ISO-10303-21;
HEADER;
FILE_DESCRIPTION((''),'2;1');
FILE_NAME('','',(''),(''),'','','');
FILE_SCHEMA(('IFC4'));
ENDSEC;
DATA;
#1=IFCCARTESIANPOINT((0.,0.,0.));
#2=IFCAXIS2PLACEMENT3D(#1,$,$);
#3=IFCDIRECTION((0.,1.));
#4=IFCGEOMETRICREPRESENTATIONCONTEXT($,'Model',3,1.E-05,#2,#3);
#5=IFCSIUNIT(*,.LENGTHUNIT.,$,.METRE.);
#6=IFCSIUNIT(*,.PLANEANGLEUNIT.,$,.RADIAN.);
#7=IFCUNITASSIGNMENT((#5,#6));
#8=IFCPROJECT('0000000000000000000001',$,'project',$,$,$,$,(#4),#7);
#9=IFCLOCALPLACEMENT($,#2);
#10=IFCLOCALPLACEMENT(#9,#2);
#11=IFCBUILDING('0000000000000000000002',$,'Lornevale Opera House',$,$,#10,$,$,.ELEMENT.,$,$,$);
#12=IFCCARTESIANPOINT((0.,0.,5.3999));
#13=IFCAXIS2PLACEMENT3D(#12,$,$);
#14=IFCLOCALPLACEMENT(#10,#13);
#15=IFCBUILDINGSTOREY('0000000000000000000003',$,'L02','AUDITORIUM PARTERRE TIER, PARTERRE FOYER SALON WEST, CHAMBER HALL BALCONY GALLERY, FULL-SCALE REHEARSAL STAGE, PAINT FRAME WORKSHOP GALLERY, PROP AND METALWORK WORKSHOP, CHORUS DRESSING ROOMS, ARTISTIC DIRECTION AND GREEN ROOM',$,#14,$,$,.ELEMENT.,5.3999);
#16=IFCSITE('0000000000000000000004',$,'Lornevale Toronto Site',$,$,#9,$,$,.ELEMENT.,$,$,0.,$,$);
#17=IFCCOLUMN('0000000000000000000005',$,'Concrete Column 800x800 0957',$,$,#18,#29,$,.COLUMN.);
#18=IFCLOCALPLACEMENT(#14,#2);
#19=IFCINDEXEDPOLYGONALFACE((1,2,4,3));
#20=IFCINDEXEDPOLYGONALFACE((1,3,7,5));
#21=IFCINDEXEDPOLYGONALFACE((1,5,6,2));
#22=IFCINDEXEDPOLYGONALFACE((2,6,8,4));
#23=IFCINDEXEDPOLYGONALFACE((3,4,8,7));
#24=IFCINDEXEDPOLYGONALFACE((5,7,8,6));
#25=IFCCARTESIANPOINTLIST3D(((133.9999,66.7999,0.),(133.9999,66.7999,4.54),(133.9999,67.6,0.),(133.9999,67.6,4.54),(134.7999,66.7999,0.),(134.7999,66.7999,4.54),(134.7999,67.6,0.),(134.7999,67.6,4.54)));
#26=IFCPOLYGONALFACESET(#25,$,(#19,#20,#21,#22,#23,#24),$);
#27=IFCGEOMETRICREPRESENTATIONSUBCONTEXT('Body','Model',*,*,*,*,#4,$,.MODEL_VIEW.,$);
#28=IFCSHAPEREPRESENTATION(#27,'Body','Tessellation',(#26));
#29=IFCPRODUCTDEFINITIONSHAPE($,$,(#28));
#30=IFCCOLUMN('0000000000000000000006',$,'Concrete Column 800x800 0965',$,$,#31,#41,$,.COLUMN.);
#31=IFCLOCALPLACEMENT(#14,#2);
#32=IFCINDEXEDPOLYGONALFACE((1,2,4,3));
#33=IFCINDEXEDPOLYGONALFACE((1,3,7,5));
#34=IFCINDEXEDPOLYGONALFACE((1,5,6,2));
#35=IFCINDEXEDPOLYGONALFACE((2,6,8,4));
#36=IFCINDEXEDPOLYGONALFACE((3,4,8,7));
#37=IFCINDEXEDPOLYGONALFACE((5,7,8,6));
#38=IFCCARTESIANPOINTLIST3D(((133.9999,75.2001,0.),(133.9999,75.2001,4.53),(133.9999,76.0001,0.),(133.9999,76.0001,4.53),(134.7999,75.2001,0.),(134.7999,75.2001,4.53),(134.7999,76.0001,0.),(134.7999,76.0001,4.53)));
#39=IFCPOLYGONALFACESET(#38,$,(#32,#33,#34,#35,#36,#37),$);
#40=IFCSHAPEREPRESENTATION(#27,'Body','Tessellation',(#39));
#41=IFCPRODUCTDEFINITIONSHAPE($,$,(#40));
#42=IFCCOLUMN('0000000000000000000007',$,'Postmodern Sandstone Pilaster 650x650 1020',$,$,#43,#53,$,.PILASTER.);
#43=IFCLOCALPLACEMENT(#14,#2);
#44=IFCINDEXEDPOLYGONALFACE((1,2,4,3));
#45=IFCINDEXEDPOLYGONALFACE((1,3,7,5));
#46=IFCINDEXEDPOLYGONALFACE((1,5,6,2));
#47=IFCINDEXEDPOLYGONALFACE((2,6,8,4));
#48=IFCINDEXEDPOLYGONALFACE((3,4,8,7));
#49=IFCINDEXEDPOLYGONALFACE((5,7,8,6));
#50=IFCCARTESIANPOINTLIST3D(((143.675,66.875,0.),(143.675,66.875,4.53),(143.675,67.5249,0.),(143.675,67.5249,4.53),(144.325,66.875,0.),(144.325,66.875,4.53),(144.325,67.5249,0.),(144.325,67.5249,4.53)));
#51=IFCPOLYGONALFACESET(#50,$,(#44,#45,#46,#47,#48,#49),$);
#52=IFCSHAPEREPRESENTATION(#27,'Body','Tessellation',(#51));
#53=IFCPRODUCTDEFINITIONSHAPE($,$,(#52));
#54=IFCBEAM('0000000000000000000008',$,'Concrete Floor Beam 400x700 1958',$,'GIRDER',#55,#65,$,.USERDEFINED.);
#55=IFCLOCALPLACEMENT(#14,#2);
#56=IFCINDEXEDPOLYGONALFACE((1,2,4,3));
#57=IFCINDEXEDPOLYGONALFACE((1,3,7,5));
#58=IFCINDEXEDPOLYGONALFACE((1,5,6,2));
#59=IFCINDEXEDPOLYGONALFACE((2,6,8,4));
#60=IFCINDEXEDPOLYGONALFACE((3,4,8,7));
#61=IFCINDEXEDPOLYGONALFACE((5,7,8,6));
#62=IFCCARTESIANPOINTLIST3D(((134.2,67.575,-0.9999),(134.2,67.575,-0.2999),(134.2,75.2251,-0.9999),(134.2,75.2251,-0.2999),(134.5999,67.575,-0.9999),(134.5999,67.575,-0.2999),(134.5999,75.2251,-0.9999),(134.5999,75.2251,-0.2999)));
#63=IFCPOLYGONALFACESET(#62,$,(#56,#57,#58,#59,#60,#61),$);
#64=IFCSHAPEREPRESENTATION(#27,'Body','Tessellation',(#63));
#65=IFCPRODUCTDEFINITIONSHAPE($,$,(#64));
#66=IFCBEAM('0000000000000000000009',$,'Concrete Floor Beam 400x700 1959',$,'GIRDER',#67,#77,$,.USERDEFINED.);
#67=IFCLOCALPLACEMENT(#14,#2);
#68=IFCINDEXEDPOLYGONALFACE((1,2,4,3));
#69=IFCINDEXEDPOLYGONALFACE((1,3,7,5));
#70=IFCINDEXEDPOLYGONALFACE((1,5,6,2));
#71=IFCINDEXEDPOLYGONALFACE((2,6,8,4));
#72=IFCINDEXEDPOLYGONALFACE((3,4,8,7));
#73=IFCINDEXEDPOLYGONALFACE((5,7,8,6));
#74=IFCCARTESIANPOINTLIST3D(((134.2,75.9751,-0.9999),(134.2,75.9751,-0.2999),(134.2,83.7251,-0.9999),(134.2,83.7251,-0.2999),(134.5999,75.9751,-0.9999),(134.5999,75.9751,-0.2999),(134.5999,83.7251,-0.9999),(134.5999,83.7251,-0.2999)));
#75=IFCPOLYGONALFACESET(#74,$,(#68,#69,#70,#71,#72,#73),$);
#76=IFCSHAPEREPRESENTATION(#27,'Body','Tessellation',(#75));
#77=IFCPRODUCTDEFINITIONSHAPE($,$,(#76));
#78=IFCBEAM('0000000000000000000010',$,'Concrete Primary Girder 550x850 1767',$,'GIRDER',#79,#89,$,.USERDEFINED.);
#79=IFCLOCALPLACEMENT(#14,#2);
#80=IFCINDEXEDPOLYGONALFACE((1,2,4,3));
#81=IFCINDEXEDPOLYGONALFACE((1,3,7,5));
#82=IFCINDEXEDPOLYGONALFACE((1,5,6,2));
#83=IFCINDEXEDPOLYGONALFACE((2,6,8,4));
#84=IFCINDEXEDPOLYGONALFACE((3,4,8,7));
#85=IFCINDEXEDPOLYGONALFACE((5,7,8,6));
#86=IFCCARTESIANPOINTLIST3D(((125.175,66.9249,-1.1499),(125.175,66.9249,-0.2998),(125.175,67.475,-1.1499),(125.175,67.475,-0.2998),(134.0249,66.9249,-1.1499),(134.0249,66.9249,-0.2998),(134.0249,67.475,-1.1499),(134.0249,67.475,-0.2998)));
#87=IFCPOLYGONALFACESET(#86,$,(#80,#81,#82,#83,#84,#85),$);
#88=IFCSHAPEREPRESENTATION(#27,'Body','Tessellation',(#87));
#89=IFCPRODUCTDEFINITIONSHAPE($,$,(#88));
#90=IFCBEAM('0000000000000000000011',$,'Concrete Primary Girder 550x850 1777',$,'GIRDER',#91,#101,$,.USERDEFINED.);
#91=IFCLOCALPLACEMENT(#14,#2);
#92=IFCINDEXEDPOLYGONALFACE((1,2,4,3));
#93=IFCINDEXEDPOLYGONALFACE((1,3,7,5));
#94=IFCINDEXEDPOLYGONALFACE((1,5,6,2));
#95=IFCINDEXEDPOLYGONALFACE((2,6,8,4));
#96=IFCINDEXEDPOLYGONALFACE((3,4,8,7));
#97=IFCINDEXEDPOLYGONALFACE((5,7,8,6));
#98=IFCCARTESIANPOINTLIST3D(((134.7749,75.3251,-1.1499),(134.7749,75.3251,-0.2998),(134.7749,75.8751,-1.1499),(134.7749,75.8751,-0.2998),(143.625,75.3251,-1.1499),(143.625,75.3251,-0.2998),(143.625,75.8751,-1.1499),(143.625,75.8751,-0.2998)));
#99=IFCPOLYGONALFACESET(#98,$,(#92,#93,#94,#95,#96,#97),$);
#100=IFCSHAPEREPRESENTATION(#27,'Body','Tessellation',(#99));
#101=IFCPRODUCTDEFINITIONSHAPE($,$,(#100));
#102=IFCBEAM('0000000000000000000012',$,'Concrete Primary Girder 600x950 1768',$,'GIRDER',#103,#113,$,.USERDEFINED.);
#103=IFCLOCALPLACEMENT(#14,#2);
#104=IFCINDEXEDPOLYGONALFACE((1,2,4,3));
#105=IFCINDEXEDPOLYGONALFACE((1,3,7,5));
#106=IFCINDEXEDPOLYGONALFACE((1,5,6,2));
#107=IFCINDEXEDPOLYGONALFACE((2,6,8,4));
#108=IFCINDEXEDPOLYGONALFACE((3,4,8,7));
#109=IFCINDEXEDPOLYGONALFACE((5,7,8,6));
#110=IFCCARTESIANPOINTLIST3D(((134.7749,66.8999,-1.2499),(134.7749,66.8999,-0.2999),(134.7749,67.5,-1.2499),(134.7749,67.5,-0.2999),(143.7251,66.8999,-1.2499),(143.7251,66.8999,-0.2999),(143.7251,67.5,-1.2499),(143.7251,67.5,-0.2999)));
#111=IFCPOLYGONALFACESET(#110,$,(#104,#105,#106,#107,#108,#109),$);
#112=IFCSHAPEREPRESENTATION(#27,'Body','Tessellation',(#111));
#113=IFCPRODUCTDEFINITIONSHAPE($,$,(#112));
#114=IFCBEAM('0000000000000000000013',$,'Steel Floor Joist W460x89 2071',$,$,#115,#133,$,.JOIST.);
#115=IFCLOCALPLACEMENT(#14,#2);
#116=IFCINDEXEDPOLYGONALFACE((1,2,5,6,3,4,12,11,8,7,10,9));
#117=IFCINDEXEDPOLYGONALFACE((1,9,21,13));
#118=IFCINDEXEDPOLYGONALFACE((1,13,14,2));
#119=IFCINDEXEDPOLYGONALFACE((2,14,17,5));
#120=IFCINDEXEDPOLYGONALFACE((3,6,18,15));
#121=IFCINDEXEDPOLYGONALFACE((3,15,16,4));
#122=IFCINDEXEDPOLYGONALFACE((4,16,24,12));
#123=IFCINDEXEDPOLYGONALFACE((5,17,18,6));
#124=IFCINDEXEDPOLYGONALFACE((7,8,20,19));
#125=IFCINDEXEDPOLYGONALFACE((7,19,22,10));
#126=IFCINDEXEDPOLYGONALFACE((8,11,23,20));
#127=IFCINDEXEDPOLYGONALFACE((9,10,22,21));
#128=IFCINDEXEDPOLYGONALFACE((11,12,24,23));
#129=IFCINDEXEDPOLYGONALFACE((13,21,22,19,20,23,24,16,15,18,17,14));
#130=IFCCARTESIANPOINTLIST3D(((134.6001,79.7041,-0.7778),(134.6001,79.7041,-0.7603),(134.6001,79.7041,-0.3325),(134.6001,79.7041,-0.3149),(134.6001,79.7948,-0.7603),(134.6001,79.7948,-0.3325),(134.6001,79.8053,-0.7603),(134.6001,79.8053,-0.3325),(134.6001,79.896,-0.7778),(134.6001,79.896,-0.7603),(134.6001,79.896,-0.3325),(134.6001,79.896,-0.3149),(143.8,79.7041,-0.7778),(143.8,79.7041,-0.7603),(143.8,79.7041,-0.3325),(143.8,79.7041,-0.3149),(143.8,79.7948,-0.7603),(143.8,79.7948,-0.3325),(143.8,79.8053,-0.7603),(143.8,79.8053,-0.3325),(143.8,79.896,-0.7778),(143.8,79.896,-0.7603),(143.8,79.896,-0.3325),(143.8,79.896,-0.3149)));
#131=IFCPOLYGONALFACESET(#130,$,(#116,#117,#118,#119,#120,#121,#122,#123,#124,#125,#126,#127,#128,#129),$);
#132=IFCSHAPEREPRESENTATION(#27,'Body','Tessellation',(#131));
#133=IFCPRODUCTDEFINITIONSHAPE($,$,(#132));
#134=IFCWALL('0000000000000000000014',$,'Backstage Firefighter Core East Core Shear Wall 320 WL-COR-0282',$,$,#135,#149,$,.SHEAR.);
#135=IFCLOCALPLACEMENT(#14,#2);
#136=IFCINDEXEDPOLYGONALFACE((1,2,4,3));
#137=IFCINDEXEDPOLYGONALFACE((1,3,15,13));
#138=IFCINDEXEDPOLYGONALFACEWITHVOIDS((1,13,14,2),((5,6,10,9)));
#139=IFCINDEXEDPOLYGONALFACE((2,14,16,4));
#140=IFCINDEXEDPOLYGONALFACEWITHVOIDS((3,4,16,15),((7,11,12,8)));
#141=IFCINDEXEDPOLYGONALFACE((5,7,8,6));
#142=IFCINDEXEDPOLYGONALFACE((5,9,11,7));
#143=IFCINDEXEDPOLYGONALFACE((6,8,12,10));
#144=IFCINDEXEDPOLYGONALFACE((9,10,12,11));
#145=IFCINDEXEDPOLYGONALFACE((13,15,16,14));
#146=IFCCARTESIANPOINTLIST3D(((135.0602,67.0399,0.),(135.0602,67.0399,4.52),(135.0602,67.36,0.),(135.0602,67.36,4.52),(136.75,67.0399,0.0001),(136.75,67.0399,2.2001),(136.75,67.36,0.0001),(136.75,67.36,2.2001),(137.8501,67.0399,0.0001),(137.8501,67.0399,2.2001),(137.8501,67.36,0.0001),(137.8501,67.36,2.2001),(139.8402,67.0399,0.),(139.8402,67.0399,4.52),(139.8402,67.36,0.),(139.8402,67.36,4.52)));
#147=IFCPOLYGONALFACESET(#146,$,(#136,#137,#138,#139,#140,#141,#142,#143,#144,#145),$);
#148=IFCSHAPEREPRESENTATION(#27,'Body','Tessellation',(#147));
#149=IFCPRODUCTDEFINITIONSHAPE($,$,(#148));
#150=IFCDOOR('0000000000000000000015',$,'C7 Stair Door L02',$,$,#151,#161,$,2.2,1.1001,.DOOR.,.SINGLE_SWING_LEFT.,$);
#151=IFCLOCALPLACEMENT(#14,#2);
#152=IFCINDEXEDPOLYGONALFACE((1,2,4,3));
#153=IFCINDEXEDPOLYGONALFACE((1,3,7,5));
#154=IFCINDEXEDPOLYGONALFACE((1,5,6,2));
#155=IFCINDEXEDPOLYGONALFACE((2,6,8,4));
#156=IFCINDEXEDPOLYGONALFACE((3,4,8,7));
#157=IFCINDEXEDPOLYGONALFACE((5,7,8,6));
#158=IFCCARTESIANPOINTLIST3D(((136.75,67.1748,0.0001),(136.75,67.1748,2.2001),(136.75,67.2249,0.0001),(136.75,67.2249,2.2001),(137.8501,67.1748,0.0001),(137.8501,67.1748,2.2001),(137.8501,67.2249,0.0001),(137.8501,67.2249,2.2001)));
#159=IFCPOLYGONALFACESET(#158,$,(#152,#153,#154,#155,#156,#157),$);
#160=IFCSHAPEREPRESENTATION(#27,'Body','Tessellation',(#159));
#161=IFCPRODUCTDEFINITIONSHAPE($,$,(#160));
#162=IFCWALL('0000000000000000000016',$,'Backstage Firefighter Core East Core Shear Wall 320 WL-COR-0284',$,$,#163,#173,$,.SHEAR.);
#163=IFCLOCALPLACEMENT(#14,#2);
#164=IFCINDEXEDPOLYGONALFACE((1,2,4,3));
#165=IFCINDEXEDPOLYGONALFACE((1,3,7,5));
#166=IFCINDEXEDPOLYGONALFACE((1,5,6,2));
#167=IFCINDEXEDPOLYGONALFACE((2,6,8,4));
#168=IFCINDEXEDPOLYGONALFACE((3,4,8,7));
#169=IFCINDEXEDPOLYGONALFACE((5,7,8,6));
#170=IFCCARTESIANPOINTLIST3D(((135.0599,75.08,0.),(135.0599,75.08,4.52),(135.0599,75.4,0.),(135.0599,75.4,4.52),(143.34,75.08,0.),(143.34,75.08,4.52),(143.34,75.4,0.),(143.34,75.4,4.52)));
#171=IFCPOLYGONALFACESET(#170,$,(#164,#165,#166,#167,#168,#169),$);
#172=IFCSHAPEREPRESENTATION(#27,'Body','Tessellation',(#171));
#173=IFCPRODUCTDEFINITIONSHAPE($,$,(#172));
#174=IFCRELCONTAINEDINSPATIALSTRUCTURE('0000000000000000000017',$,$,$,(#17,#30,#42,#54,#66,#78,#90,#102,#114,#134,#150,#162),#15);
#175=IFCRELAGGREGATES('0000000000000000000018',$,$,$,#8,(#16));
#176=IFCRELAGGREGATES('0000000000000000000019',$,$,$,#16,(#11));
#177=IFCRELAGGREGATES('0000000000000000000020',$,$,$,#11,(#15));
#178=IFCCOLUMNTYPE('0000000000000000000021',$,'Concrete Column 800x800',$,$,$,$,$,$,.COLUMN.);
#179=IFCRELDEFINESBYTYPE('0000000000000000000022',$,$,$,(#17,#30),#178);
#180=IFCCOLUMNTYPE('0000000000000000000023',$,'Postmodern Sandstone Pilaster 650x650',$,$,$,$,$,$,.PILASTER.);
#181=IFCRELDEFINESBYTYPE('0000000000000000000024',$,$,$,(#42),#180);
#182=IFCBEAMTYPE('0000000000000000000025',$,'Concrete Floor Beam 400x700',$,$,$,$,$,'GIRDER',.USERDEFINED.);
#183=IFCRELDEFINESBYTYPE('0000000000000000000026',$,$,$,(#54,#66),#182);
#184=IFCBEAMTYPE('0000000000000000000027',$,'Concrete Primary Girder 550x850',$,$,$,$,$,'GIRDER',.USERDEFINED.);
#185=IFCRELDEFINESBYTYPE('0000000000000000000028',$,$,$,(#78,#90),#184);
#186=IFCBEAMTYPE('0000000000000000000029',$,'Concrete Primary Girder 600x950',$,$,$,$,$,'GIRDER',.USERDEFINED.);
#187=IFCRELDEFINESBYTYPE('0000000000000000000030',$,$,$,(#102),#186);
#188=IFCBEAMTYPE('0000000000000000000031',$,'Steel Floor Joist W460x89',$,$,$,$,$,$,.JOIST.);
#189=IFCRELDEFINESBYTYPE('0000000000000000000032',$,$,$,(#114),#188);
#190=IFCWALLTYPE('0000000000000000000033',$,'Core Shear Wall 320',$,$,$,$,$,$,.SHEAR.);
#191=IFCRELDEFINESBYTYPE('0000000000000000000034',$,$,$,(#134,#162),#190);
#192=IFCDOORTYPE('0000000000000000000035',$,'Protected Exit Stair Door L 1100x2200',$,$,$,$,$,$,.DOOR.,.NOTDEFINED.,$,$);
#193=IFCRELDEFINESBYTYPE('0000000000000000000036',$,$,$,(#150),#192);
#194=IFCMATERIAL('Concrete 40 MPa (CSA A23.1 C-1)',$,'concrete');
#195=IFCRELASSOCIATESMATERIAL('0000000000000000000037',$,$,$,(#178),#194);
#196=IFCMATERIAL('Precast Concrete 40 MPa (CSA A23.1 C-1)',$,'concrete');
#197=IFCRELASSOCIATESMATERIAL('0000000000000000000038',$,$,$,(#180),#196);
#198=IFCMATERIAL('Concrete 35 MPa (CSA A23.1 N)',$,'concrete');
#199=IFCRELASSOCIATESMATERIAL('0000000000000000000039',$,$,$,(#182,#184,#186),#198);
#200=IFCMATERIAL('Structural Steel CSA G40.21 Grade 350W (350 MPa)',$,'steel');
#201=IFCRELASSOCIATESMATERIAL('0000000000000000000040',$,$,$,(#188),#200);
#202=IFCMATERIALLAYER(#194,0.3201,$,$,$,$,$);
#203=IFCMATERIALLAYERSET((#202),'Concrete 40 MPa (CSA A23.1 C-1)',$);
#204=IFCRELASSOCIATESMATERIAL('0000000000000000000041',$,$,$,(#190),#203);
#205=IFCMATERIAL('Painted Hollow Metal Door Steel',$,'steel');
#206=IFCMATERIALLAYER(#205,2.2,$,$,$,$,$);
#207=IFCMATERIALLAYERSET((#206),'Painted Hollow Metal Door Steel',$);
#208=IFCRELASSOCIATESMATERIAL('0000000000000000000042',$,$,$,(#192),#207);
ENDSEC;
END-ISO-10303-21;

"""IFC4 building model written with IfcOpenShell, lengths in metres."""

from ifc_helpers import new_model, si_unit, direction, frame, frame_2d, origin, origin_2d, place, context, subcontext, project, spatial, rectangle, i_section, extrude, material, layer, layer_set, material_profile, profile_set, type_object, element, fill, save


model = new_model("IFC4")

# Units and contexts
model_context = context("Model", 3, precision=1e-05, world=origin(), true_north=direction((0.0, 1.0)))
body_context = subcontext(model_context, "Body", "Model", "MODEL_VIEW")
ifc_project = project(units=[si_unit("LENGTHUNIT", "METRE"), si_unit("PLANEANGLEUNIT", "RADIAN")], contexts=[model_context])

# Site, building, storey
site_placement = place(None, origin())
site = spatial("IfcSite", under=ifc_project, at=site_placement, Name="Lornevale Toronto Site", CompositionType="ELEMENT", RefElevation=0.0)
building_placement = place(site_placement, origin())
building = spatial("IfcBuilding", under=site, at=building_placement, Name="Lornevale Opera House", CompositionType="ELEMENT")
storey_placement = place(building_placement, frame((0.0, 0.0, 5.3999)))
storey = spatial("IfcBuildingStorey", under=building, at=storey_placement, Name="L02", Description="AUDITORIUM PARTERRE TIER, PARTERRE FOYER SALON WEST, CHAMBER HALL BALCONY GALLERY, FULL-SCALE REHEARSAL STAGE, PAINT FRAME WORKSHOP GALLERY, PROP AND METALWORK WORKSHOP, CHORUS DRESSING ROOMS, ARTISTIC DIRECTION AND GREEN ROOM", CompositionType="ELEMENT", Elevation=5.3999)

# Columns
ifc_material_1 = material(Name="Concrete 40 MPa (CSA A23.1 C-1)", Category="concrete")
ifc_material_profile_1 = material_profile(ifc_material_1, rectangle(XDim=0.8, YDim=0.8, at=origin_2d()), Name="RC800x800")
ifc_profile_set_1 = profile_set([ifc_material_profile_1], Name="Concrete 40 MPa (CSA A23.1 C-1)")
column_type_1 = type_object("IfcColumnType", Name="Concrete Column 800x800", PredefinedType="COLUMN", material=ifc_profile_set_1)
column_1_placement = place(storey_placement, frame((134.3999, 67.2, 0.0), z_axis=(0.0, 0.0, 1.0), x_axis=(1.0, 0.0, 0.0)))
element("IfcColumn", 1, at=column_1_placement, inside=storey, type_object=column_type_1, Name="Concrete Column 800x800 0957", PredefinedType="COLUMN", context=body_context, shape_type="SweptSolid", body=[
    extrude(rectangle(XDim=0.8, YDim=0.8, at=origin_2d()), origin(), (0.0, 0.0, 1.0), 4.54),
])
column_2_placement = place(storey_placement, frame((134.3999, 75.6001, 0.0), z_axis=(0.0, 0.0, 1.0), x_axis=(1.0, 0.0, 0.0)))
element("IfcColumn", 2, at=column_2_placement, inside=storey, type_object=column_type_1, Name="Concrete Column 800x800 0965", PredefinedType="COLUMN", context=body_context, shape_type="SweptSolid", body=[
    extrude(rectangle(XDim=0.8, YDim=0.8, at=origin_2d()), origin(), (0.0, 0.0, 1.0), 4.53),
])
ifc_material_2 = material(Name="Precast Concrete 40 MPa (CSA A23.1 C-1)", Category="concrete")
ifc_material_profile_2 = material_profile(ifc_material_2, rectangle(XDim=0.6499, YDim=0.6499, at=origin_2d()), Name="RC650x650")
ifc_profile_set_2 = profile_set([ifc_material_profile_2], Name="Precast Concrete 40 MPa (CSA A23.1 C-1)")
column_type_2 = type_object("IfcColumnType", Name="Postmodern Sandstone Pilaster 650x650", PredefinedType="PILASTER", material=ifc_profile_set_2)
column_3_placement = place(storey_placement, frame((144.0, 67.2, 0.0), z_axis=(0.0, 0.0, 1.0), x_axis=(1.0, 0.0, 0.0)))
element("IfcColumn", 3, at=column_3_placement, inside=storey, type_object=column_type_2, Name="Postmodern Sandstone Pilaster 650x650 1020", PredefinedType="PILASTER", context=body_context, shape_type="SweptSolid", body=[
    extrude(rectangle(XDim=0.6499, YDim=0.6499, at=origin_2d()), origin(), (0.0, 0.0, 1.0), 4.53),
])

# Beams
ifc_material_3 = material(Name="Concrete 35 MPa (CSA A23.1 N)", Category="concrete")
ifc_material_profile_3 = material_profile(ifc_material_3, rectangle(XDim=0.3999, YDim=0.7, at=origin_2d()), Name="RC400x700")
ifc_profile_set_3 = profile_set([ifc_material_profile_3], Name="Concrete 35 MPa (CSA A23.1 N)")
beam_type_1 = type_object("IfcBeamType", Name="Concrete Floor Beam 400x700", ElementType="GIRDER", PredefinedType="USERDEFINED", material=ifc_profile_set_3)
beam_1_placement = place(storey_placement, frame((134.3999, 67.575, -0.6499), z_axis=(0.0, 1.0, 0.0), x_axis=(-1.0, 0.0, 0.0)))
element("IfcBeam", 4, at=beam_1_placement, inside=storey, type_object=beam_type_1, Name="Concrete Floor Beam 400x700 1958", ObjectType="GIRDER", PredefinedType="USERDEFINED", context=body_context, shape_type="SweptSolid", body=[
    extrude(rectangle(XDim=0.3999, YDim=0.7, at=origin_2d()), origin(), (0.0, 0.0, 1.0), 7.6501),
])
beam_2_placement = place(storey_placement, frame((134.3999, 75.9751, -0.6499), z_axis=(0.0, 1.0, 0.0), x_axis=(-1.0, 0.0, 0.0)))
element("IfcBeam", 5, at=beam_2_placement, inside=storey, type_object=beam_type_1, Name="Concrete Floor Beam 400x700 1959", ObjectType="GIRDER", PredefinedType="USERDEFINED", context=body_context, shape_type="SweptSolid", body=[
    extrude(rectangle(XDim=0.3999, YDim=0.7, at=origin_2d()), origin(), (0.0, 0.0, 1.0), 7.75),
])
ifc_material_profile_4 = material_profile(ifc_material_3, rectangle(XDim=0.55, YDim=0.8501, at=origin_2d()), Name="RC550x850")
ifc_profile_set_4 = profile_set([ifc_material_profile_4], Name="Concrete 35 MPa (CSA A23.1 N)")
beam_type_2 = type_object("IfcBeamType", Name="Concrete Primary Girder 550x850", ElementType="GIRDER", PredefinedType="USERDEFINED", material=ifc_profile_set_4)
beam_3_placement = place(storey_placement, frame((125.175, 67.2, -0.7249), z_axis=(1.0, 0.0, 0.0), x_axis=(0.0, 1.0, 0.0)))
element("IfcBeam", 6, at=beam_3_placement, inside=storey, type_object=beam_type_2, Name="Concrete Primary Girder 550x850 1767", ObjectType="GIRDER", PredefinedType="USERDEFINED", context=body_context, shape_type="SweptSolid", body=[
    extrude(rectangle(XDim=0.55, YDim=0.8501, at=origin_2d()), origin(), (0.0, 0.0, 1.0), 8.8499),
])
beam_4_placement = place(storey_placement, frame((134.7749, 75.6001, -0.7249), z_axis=(1.0, 0.0, 0.0), x_axis=(0.0, 1.0, 0.0)))
element("IfcBeam", 7, at=beam_4_placement, inside=storey, type_object=beam_type_2, Name="Concrete Primary Girder 550x850 1777", ObjectType="GIRDER", PredefinedType="USERDEFINED", context=body_context, shape_type="SweptSolid", body=[
    extrude(rectangle(XDim=0.55, YDim=0.8501, at=origin_2d()), origin(), (0.0, 0.0, 1.0), 8.8501),
])
ifc_material_profile_5 = material_profile(ifc_material_3, rectangle(XDim=0.6001, YDim=0.95, at=origin_2d()), Name="RC600x950")
ifc_profile_set_5 = profile_set([ifc_material_profile_5], Name="Concrete 35 MPa (CSA A23.1 N)")
beam_type_3 = type_object("IfcBeamType", Name="Concrete Primary Girder 600x950", ElementType="GIRDER", PredefinedType="USERDEFINED", material=ifc_profile_set_5)
beam_5_placement = place(storey_placement, frame((134.7749, 67.2, -0.7749), z_axis=(1.0, 0.0, 0.0), x_axis=(0.0, 1.0, 0.0)))
element("IfcBeam", 8, at=beam_5_placement, inside=storey, type_object=beam_type_3, Name="Concrete Primary Girder 600x950 1768", ObjectType="GIRDER", PredefinedType="USERDEFINED", context=body_context, shape_type="SweptSolid", body=[
    extrude(rectangle(XDim=0.6001, YDim=0.95, at=origin_2d()), origin(), (0.0, 0.0, 1.0), 8.9502),
])
ifc_material_4 = material(Name="Structural Steel CSA G40.21 Grade 350W (350 MPa)", Category="steel")
ifc_material_profile_6 = material_profile(ifc_material_4, i_section(OverallWidth=0.1919, OverallDepth=0.4629, WebThickness=0.0105, FlangeThickness=0.0176, at=origin_2d()), Name="W460x89")
ifc_profile_set_6 = profile_set([ifc_material_profile_6], Name="Structural Steel CSA G40.21 Grade 350W (350 MPa)")
beam_type_4 = type_object("IfcBeamType", Name="Steel Floor Joist W460x89", PredefinedType="JOIST", material=ifc_profile_set_6)
beam_6_placement = place(storey_placement, frame((134.6001, 79.8, -0.5464), z_axis=(1.0, 0.0, 0.0), x_axis=(0.0, 1.0, 0.0)))
element("IfcBeam", 9, at=beam_6_placement, inside=storey, type_object=beam_type_4, Name="Steel Floor Joist W460x89 2071", PredefinedType="JOIST", context=body_context, shape_type="SweptSolid", body=[
    extrude(i_section(OverallWidth=0.1919, OverallDepth=0.4629, WebThickness=0.0105, FlangeThickness=0.0176, at=origin_2d()), origin(), (0.0, 0.0, 1.0), 9.2),
])

# Wall, opening, door
ifc_layer_1 = layer(ifc_material_1, 0.3201)
ifc_layer_set_1 = layer_set([ifc_layer_1], Name="Concrete 40 MPa (CSA A23.1 C-1)")
wall_type_1 = type_object("IfcWallType", Name="Core Shear Wall 320", PredefinedType="SHEAR", material=ifc_layer_set_1)
wall_1_placement = place(storey_placement, frame((135.0601, 67.2, 0.0), z_axis=(0.0, 0.0, 1.0), x_axis=(1.0, 0.0, 0.0)))
wall_1 = element("IfcWall", 10, at=wall_1_placement, inside=storey, type_object=wall_type_1, Name="Backstage Firefighter Core East Core Shear Wall 320 WL-COR-0282", PredefinedType="SHEAR", context=body_context, shape_type="SweptSolid", body=[
    extrude(rectangle(XDim=4.78, YDim=0.3201, at=frame_2d((2.3901, 0.0))), origin(), (0.0, 0.0, 1.0), 4.52),
])
opening_1_placement = place(wall_1_placement, frame((1.6899, 0.0, 0.0)))
opening_1 = element("IfcOpeningElement", 11, at=opening_1_placement, cuts=wall_1, PredefinedType="OPENING", context=body_context, shape_type="SweptSolid", body=[
    extrude(rectangle(XDim=1.1001, YDim=2.2, at=frame_2d((0.55, 1.1001))), frame((0.0, 0.1699, 0.0), z_axis=(0.0, -1.0, 0.0), x_axis=(1.0, 0.0, 0.0)), (0.0, 0.0, 1.0), 0.3401),
])
ifc_material_5 = material(Name="Painted Hollow Metal Door Steel", Category="steel")
ifc_layer_2 = layer(ifc_material_5, 2.2)
ifc_layer_set_2 = layer_set([ifc_layer_2], Name="Painted Hollow Metal Door Steel")
door_type_1 = type_object("IfcDoorType", Name="Protected Exit Stair Door L 1100x2200", OperationType="NOTDEFINED", PredefinedType="DOOR", material=ifc_layer_set_2)
door_1_placement = place(opening_1_placement, origin())
door_1 = element("IfcDoor", 12, at=door_1_placement, inside=storey, type_object=door_type_1, Name="C7 Stair Door L02", OperationType="SINGLE_SWING_LEFT", OverallHeight=2.2, OverallWidth=1.1001, PredefinedType="DOOR", context=body_context, shape_type="SweptSolid", body=[
    extrude(rectangle(XDim=1.1001, YDim=2.2, at=frame_2d((0.55, 1.1001))), frame((0.0, 0.0249, 0.0), z_axis=(0.0, -1.0, 0.0), x_axis=(1.0, 0.0, 0.0)), (0.0, 0.0, 1.0), 0.05),
])
fill(opening_1, door_1)

# Wall
wall_2_placement = place(storey_placement, frame((143.3401, 75.24, 0.0), z_axis=(0.0, 0.0, 1.0), x_axis=(-1.0, 0.0, 0.0)))
element("IfcWall", 13, at=wall_2_placement, inside=storey, type_object=wall_type_1, Name="Backstage Firefighter Core East Core Shear Wall 320 WL-COR-0284", PredefinedType="SHEAR", context=body_context, shape_type="SweptSolid", body=[
    extrude(rectangle(XDim=8.28, YDim=0.3201, at=frame_2d((4.1401, 0.0))), origin(), (0.0, 0.0, 1.0), 4.52),
])

save(model, "model.ifc")
